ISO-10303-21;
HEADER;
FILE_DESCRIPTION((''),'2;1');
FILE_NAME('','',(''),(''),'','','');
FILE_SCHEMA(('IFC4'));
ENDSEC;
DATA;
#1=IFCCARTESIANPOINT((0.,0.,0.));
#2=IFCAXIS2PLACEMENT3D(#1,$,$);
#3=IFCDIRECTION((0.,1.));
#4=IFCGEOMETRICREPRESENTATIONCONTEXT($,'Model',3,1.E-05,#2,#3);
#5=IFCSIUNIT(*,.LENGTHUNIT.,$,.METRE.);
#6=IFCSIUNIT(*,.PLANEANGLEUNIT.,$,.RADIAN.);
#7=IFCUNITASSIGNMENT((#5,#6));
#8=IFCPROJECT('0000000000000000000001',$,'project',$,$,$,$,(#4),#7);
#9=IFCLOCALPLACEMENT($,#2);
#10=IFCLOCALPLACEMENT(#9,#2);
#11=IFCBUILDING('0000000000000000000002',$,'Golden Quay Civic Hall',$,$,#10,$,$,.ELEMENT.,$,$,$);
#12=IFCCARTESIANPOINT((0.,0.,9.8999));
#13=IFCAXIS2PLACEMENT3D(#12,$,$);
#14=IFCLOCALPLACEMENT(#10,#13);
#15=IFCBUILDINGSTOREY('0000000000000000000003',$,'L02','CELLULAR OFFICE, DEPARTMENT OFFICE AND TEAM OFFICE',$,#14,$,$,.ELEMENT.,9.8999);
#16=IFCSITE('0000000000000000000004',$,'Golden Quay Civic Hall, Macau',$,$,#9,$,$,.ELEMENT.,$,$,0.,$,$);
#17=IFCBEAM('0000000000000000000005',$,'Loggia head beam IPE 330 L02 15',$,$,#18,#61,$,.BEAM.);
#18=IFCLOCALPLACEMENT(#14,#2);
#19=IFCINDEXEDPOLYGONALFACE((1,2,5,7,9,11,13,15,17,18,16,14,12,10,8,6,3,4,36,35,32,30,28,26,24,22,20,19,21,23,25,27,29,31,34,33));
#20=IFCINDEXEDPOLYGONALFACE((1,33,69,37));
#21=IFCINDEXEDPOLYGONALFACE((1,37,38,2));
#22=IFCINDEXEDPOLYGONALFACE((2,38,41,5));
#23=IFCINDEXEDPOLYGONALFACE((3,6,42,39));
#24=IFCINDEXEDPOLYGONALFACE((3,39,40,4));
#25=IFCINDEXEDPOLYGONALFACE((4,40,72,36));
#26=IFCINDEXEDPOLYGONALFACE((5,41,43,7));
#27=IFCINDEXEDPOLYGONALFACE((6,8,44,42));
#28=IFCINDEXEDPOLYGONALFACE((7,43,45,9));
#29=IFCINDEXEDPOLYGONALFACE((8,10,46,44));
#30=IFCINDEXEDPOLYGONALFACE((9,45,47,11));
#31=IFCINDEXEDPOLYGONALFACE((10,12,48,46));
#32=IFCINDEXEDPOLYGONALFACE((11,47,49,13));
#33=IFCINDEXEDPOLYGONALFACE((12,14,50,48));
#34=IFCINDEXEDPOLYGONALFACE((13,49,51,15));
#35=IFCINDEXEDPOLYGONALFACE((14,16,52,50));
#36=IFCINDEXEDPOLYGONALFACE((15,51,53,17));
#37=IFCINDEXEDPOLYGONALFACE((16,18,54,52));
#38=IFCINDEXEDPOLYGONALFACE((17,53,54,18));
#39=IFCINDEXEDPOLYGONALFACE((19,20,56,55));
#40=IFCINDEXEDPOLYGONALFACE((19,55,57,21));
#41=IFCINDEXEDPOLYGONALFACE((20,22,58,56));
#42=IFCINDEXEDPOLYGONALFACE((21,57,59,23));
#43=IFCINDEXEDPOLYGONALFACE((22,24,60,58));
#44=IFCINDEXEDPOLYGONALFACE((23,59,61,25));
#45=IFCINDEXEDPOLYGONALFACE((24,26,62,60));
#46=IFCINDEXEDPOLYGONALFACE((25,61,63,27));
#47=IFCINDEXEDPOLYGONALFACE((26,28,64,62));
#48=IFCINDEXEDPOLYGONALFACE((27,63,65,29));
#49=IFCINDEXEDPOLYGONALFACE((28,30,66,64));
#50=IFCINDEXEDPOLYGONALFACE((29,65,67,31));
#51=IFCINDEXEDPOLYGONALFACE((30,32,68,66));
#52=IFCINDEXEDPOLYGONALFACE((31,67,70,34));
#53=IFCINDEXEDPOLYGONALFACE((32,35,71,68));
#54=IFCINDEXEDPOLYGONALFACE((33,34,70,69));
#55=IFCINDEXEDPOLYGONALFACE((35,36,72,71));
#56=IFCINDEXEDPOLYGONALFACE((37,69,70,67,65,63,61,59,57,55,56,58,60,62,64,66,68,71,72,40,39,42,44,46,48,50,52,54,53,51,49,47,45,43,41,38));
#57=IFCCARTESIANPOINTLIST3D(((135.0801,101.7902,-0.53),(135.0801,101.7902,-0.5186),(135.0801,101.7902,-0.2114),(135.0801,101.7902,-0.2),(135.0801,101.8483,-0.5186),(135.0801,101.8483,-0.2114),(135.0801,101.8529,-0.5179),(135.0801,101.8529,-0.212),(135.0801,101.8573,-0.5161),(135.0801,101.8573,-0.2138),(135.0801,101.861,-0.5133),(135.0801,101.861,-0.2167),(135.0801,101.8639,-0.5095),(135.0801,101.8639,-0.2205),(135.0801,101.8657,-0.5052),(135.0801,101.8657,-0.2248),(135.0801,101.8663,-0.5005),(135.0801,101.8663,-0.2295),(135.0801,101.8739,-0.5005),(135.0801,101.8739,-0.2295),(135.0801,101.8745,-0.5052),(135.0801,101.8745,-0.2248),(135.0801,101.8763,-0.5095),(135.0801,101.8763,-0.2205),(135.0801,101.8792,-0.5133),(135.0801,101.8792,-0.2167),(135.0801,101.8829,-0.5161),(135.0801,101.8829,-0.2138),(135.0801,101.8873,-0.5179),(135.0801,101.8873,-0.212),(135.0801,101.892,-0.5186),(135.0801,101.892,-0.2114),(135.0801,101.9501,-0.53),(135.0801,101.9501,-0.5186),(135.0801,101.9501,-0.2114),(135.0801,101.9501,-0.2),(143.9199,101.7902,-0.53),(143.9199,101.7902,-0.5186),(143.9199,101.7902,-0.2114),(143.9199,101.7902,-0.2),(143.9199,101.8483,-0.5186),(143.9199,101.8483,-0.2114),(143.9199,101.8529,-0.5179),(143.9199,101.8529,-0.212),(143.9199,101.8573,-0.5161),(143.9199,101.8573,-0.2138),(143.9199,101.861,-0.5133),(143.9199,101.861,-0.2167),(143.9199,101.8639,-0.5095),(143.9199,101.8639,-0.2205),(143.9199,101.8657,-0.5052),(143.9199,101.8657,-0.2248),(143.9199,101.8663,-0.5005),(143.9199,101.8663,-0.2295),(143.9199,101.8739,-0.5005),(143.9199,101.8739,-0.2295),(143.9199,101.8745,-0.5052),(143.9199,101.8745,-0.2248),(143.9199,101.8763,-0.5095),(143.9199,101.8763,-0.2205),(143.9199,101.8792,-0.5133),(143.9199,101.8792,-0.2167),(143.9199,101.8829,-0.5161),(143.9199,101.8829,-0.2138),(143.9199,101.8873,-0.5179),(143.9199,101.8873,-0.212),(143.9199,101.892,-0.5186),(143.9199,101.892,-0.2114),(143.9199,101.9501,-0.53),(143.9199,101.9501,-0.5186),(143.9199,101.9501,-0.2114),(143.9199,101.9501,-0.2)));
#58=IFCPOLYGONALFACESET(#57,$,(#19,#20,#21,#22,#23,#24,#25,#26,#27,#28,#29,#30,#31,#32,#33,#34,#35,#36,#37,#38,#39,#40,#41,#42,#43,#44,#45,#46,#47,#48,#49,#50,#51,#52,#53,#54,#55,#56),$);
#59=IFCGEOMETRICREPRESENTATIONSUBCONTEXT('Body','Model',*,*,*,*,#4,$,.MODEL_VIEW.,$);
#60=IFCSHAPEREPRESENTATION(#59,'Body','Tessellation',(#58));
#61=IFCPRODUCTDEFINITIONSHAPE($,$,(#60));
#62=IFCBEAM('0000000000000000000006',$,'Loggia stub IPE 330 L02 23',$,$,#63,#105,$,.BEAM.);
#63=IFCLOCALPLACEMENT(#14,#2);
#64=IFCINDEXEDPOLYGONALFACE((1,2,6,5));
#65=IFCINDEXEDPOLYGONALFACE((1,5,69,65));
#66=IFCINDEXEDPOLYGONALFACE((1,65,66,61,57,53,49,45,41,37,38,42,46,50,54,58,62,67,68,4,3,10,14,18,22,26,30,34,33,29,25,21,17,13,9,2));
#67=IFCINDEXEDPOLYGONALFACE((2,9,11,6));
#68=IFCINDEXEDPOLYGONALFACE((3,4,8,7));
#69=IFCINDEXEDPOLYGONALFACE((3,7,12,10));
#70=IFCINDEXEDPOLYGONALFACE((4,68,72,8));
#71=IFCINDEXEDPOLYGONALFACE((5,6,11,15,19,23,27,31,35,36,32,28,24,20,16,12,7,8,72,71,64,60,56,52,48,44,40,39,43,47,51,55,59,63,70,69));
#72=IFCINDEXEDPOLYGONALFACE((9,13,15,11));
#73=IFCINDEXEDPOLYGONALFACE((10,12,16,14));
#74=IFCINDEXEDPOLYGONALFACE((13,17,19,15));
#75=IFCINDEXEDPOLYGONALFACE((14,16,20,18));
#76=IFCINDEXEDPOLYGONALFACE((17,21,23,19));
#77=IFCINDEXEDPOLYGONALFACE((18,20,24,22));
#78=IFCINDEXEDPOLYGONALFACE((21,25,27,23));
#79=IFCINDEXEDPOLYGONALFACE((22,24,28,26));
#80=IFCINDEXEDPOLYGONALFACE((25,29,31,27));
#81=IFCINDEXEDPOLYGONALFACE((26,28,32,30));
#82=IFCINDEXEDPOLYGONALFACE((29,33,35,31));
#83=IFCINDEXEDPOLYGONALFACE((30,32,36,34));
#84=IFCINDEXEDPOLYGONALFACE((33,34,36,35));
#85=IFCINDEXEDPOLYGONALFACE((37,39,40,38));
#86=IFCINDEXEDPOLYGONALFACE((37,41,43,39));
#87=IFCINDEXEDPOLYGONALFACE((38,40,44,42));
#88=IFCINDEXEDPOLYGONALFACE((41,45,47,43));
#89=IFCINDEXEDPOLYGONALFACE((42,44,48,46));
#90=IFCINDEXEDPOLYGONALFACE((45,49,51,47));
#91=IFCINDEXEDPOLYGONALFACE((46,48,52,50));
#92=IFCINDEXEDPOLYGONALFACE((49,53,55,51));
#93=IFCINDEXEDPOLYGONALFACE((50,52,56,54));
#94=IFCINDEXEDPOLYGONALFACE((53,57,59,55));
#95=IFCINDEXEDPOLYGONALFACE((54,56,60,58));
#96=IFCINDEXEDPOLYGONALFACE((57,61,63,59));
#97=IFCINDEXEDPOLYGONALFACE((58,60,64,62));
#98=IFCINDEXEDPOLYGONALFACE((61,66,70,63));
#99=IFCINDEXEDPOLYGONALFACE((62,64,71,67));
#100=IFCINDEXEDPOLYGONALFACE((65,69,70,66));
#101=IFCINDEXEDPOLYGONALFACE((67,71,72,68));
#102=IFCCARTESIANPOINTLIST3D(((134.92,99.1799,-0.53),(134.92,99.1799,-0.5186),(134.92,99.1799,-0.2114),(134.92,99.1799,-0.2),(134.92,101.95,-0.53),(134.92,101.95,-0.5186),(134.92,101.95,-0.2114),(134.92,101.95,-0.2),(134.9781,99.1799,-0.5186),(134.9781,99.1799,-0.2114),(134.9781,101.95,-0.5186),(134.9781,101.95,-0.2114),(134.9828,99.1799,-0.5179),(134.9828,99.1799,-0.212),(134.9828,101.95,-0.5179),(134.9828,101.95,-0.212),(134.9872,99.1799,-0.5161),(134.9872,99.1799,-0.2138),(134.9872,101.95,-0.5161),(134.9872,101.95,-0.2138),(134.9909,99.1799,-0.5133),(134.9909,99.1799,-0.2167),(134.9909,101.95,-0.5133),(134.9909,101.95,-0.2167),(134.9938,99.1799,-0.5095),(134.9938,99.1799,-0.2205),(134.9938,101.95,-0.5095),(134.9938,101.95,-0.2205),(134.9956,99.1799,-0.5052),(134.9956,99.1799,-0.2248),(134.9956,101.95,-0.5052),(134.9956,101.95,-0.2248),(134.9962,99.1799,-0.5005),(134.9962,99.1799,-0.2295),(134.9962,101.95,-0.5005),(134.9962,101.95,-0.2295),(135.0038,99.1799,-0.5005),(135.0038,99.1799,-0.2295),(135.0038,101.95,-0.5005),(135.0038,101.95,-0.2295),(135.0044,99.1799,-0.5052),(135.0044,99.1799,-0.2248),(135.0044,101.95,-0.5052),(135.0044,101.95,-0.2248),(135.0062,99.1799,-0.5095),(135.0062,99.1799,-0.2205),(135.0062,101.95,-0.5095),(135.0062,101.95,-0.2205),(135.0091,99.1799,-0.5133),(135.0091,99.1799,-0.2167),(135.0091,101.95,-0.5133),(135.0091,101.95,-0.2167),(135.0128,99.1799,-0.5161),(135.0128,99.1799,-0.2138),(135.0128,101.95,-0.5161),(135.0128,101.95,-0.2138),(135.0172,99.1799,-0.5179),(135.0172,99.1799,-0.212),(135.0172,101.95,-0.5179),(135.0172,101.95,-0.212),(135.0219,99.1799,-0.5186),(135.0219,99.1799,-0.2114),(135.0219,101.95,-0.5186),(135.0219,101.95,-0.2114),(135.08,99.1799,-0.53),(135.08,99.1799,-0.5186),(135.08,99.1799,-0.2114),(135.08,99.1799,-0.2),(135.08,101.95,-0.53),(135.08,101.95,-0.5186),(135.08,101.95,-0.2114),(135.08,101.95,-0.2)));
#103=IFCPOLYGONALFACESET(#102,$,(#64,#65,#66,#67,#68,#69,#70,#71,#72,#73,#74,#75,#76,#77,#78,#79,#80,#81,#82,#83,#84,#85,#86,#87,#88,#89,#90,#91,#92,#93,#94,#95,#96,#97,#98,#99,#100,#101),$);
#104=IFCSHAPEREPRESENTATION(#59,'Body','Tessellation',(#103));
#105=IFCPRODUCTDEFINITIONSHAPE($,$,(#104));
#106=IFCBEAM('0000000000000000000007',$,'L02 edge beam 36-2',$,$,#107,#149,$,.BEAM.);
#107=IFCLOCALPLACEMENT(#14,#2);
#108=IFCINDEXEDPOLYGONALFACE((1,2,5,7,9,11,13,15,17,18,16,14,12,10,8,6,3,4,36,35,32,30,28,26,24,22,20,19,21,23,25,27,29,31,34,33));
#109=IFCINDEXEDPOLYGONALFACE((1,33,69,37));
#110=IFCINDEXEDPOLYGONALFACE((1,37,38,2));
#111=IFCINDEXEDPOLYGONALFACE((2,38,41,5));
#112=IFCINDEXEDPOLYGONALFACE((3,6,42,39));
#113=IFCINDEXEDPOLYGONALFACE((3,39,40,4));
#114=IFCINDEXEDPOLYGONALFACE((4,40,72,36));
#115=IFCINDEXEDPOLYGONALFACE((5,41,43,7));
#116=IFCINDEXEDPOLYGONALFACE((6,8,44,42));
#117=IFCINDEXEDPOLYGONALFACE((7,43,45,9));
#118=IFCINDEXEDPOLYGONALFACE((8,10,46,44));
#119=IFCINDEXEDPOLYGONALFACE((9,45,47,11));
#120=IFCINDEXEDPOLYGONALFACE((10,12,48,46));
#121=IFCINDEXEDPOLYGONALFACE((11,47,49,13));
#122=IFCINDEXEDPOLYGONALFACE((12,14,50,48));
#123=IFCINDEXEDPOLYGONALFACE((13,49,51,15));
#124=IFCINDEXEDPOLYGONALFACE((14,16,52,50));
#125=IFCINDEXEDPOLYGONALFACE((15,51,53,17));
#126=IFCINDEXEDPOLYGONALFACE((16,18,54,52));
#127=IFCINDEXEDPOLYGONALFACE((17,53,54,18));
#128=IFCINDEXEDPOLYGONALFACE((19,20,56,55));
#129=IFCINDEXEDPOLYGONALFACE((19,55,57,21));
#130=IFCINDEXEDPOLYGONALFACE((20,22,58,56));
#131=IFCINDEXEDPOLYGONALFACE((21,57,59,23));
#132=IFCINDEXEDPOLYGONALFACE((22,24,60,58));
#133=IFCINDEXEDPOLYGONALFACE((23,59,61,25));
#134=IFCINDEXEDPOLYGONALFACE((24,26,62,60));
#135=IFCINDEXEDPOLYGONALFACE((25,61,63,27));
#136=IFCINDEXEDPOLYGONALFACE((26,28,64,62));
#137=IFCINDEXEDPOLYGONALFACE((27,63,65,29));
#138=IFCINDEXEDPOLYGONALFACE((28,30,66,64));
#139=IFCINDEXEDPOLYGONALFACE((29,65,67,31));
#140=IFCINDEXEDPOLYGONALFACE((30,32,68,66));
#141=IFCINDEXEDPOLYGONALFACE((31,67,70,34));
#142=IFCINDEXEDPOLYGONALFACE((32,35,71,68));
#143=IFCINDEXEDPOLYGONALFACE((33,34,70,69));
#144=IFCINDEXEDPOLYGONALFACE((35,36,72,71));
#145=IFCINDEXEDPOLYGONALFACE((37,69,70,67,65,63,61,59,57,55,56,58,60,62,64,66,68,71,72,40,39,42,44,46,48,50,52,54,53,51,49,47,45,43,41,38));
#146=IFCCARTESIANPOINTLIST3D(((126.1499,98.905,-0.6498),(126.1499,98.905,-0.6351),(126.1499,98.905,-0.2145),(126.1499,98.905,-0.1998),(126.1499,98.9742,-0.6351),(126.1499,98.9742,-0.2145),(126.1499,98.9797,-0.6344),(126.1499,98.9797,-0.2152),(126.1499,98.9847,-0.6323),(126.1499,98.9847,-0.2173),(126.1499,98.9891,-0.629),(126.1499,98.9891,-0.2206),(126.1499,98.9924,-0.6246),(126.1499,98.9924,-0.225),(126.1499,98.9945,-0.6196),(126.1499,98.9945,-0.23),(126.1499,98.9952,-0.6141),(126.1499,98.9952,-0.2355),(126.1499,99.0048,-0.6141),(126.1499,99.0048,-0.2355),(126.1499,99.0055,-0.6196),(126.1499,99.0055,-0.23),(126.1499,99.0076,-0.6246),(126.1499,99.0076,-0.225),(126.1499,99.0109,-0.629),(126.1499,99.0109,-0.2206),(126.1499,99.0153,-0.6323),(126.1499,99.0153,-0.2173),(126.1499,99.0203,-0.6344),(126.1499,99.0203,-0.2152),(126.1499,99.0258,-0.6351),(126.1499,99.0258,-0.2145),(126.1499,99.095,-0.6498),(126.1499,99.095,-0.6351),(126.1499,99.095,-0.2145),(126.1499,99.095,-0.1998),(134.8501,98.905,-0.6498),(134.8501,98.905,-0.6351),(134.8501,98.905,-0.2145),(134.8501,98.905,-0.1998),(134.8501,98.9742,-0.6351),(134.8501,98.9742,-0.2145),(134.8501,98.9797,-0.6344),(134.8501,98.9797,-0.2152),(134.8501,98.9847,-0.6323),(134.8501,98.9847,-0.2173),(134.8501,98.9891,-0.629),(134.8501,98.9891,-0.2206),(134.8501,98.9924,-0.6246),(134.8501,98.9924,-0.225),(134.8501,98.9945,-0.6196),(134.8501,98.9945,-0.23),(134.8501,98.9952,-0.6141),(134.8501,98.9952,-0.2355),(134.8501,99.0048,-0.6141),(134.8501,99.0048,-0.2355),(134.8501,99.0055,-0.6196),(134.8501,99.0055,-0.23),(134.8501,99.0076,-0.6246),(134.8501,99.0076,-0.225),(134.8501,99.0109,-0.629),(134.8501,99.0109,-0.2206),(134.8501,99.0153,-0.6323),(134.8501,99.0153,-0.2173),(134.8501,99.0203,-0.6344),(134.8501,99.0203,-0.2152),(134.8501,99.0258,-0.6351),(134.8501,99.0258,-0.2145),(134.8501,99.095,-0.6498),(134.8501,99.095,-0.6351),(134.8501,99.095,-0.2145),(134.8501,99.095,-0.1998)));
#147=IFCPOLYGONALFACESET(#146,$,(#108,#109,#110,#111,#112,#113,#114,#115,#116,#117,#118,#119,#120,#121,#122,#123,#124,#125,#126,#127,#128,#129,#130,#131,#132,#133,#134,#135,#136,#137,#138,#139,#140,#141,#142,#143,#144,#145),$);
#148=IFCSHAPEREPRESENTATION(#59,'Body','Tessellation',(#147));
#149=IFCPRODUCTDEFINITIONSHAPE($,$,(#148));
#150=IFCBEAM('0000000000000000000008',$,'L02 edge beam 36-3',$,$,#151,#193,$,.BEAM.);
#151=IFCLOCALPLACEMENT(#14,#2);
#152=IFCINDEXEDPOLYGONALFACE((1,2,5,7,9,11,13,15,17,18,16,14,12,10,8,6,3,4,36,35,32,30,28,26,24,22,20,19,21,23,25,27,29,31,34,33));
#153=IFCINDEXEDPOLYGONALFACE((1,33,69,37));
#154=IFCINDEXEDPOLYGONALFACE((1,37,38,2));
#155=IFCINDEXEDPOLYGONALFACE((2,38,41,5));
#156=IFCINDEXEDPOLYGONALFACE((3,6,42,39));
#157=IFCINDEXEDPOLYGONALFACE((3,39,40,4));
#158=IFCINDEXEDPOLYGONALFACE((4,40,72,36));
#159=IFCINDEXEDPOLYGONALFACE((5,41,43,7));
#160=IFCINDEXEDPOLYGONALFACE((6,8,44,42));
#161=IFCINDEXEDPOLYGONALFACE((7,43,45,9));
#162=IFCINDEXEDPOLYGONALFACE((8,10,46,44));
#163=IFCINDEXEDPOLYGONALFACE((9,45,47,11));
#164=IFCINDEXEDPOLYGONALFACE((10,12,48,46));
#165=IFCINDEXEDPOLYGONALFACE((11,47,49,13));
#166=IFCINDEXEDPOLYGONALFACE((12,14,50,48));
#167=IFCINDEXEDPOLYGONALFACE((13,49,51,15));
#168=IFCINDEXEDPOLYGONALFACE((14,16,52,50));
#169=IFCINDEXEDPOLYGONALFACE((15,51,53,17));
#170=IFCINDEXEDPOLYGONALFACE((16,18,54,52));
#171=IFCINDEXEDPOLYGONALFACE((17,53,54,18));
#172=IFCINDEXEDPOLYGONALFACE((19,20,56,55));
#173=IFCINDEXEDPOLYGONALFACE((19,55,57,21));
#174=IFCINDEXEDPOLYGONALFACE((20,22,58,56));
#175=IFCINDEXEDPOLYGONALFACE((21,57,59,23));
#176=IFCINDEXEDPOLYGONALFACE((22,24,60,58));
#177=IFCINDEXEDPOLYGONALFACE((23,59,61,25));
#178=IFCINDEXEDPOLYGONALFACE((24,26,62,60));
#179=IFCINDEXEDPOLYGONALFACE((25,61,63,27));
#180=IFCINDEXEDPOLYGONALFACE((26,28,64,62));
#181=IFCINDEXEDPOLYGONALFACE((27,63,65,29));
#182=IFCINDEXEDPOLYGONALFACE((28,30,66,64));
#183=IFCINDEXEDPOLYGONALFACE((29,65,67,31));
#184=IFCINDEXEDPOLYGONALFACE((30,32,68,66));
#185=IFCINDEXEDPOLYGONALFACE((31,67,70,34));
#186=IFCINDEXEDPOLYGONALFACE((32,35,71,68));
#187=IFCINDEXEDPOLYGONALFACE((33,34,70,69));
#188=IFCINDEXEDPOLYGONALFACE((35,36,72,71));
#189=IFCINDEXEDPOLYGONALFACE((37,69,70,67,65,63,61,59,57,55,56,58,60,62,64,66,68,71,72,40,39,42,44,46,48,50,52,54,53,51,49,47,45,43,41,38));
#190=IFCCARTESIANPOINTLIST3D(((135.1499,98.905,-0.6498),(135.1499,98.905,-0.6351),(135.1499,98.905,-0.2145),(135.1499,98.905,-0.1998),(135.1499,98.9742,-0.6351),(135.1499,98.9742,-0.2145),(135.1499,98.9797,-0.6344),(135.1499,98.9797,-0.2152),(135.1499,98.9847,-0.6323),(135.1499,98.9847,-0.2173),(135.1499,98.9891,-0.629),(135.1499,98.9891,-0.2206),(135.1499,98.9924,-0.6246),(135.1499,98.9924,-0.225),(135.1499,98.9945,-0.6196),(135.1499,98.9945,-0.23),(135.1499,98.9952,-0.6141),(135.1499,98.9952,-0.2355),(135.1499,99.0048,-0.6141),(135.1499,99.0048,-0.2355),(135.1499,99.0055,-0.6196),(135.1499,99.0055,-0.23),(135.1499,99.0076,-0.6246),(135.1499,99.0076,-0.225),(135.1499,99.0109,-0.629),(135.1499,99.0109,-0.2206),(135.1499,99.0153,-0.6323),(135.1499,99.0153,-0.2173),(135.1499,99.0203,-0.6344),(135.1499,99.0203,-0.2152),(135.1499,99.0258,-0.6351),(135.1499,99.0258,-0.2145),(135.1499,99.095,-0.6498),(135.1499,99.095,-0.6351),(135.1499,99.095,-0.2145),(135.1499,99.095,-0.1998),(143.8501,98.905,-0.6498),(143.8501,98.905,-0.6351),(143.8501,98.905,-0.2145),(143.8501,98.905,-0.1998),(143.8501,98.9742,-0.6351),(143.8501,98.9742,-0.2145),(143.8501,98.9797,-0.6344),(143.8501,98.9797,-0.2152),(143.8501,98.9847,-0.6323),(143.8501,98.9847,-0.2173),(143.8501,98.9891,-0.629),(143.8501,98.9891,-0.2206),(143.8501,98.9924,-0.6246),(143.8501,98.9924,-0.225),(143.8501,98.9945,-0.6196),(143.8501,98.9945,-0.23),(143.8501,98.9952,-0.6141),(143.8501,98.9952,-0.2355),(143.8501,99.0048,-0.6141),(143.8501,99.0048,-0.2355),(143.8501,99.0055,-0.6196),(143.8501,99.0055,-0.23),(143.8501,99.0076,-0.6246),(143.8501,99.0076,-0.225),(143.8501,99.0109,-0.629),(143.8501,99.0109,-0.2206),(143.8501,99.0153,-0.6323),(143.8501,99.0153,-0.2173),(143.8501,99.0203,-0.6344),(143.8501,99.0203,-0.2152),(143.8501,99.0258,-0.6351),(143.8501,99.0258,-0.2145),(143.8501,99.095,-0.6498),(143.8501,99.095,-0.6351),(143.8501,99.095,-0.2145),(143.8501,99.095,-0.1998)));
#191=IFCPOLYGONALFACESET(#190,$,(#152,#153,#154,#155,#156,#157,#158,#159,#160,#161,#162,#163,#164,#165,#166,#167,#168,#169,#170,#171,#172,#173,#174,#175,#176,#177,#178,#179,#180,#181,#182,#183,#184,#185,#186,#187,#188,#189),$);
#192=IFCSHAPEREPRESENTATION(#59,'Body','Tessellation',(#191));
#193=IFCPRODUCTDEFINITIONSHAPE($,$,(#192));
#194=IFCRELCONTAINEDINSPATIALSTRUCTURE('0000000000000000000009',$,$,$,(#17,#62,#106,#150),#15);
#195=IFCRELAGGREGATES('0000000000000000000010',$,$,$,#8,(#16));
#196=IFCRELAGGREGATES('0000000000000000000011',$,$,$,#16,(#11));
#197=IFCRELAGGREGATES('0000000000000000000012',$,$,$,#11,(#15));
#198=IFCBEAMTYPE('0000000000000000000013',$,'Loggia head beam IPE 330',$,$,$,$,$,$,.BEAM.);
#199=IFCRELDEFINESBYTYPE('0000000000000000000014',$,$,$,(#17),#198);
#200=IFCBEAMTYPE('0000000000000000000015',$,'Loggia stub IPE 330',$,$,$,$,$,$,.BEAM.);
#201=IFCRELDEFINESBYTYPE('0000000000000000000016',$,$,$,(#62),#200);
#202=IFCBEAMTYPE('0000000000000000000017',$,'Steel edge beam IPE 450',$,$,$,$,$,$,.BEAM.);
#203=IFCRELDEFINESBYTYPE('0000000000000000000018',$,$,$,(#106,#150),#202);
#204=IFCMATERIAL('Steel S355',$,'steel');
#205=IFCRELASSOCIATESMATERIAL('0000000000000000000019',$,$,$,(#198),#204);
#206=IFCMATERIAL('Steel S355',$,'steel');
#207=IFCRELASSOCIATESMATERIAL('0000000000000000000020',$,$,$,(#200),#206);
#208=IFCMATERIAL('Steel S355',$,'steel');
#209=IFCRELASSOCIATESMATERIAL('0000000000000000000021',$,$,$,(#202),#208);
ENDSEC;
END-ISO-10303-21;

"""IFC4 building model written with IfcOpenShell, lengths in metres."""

from ifc_helpers import new_model, si_unit, direction, frame, origin, origin_2d, place, context, subcontext, project, spatial, i_section, extrude, material, material_profile, profile_set, type_object, element, save


model = new_model("IFC4")

# Units and contexts
model_context = context("Model", 3, precision=1e-05, world=origin(), true_north=direction((0.0, 1.0)))
body_context = subcontext(model_context, "Body", "Model", "MODEL_VIEW")
ifc_project = project(units=[si_unit("LENGTHUNIT", "METRE"), si_unit("PLANEANGLEUNIT", "RADIAN")], contexts=[model_context])

# Site, building, storey
site_placement = place(None, origin())
site = spatial("IfcSite", under=ifc_project, at=site_placement, Name="Golden Quay Civic Hall, Macau", CompositionType="ELEMENT", RefElevation=0.0)
building_placement = place(site_placement, origin())
building = spatial("IfcBuilding", under=site, at=building_placement, Name="Golden Quay Civic Hall", CompositionType="ELEMENT")
storey_placement = place(building_placement, frame((0.0, 0.0, 9.8999)))
storey = spatial("IfcBuildingStorey", under=building, at=storey_placement, Name="L02", Description="CELLULAR OFFICE, DEPARTMENT OFFICE AND TEAM OFFICE", CompositionType="ELEMENT", Elevation=9.8999)

# Beams
ifc_material_1 = material(Name="Steel S355", Category="steel")
ifc_material_profile_1 = material_profile(ifc_material_1, i_section(OverallWidth=0.1599, OverallDepth=0.3301, WebThickness=0.0076, FlangeThickness=0.0115, FilletRadius=0.0181, at=origin_2d()), Name="IPE 330")
ifc_profile_set_1 = profile_set([ifc_material_profile_1], Name="Steel S355")
beam_type_1 = type_object("IfcBeamType", Name="Loggia head beam IPE 330", PredefinedType="BEAM", material=ifc_profile_set_1)
beam_1_placement = place(storey_placement, frame((135.0801, 101.8701, -0.365), z_axis=(1.0, 0.0, 0.0), x_axis=(0.0, 1.0, 0.0)))
element("IfcBeam", 1, at=beam_1_placement, inside=storey, type_object=beam_type_1, Name="Loggia head beam IPE 330 L02 15", PredefinedType="BEAM", context=body_context, shape_type="SweptSolid", body=[
    extrude(i_section(OverallWidth=0.1599, OverallDepth=0.3301, WebThickness=0.0076, FlangeThickness=0.0115, FilletRadius=0.0181, at=origin_2d()), origin(), (0.0, 0.0, 1.0), 8.8398),
])
ifc_material_2 = material(Name="Steel S355", Category="steel")
ifc_material_profile_2 = material_profile(ifc_material_2, i_section(OverallWidth=0.1599, OverallDepth=0.3301, WebThickness=0.0076, FlangeThickness=0.0115, FilletRadius=0.0181, at=origin_2d()), Name="IPE 330")
ifc_profile_set_2 = profile_set([ifc_material_profile_2], Name="Steel S355")
beam_type_2 = type_object("IfcBeamType", Name="Loggia stub IPE 330", PredefinedType="BEAM", material=ifc_profile_set_2)
beam_2_placement = place(storey_placement, frame((135.0, 99.1799, -0.365), z_axis=(0.0, 1.0, 0.0), x_axis=(-1.0, 0.0, 0.0)))
element("IfcBeam", 2, at=beam_2_placement, inside=storey, type_object=beam_type_2, Name="Loggia stub IPE 330 L02 23", PredefinedType="BEAM", context=body_context, shape_type="SweptSolid", body=[
    extrude(i_section(OverallWidth=0.1599, OverallDepth=0.3301, WebThickness=0.0076, FlangeThickness=0.0115, FilletRadius=0.0181, at=origin_2d()), origin(), (0.0, 0.0, 1.0), 2.77),
])
ifc_material_3 = material(Name="Steel S355", Category="steel")
ifc_material_profile_3 = material_profile(ifc_material_3, i_section(OverallWidth=0.1899, OverallDepth=0.45, WebThickness=0.0095, FlangeThickness=0.0146, FilletRadius=0.021, at=origin_2d()), Name="IPE 450")
ifc_profile_set_3 = profile_set([ifc_material_profile_3], Name="Steel S355")
beam_type_3 = type_object("IfcBeamType", Name="Steel edge beam IPE 450", PredefinedType="BEAM", material=ifc_profile_set_3)
for number, where, z_axis, x_axis, name in (
    (3, (126.1499, 99.0, -0.4248), (1.0, 0.0, 0.0), (0.0, 1.0, 0.0), "L02 edge beam 36-2"),
    (4, (135.1499, 99.0, -0.4248), (1.0, 0.0, 0.0), (0.0, 1.0, 0.0), "L02 edge beam 36-3"),
):
    element("IfcBeam", number, at=place(storey_placement, frame(where, z_axis=z_axis, x_axis=x_axis)), inside=storey, type_object=beam_type_3, Name=name, PredefinedType="BEAM", context=body_context, shape_type="SweptSolid", body=[
        extrude(i_section(OverallWidth=0.1899, OverallDepth=0.45, WebThickness=0.0095, FlangeThickness=0.0146, FilletRadius=0.021, at=origin_2d()), origin(), (0.0, 0.0, 1.0), 8.7002),
    ])

save(model, "model.ifc")
